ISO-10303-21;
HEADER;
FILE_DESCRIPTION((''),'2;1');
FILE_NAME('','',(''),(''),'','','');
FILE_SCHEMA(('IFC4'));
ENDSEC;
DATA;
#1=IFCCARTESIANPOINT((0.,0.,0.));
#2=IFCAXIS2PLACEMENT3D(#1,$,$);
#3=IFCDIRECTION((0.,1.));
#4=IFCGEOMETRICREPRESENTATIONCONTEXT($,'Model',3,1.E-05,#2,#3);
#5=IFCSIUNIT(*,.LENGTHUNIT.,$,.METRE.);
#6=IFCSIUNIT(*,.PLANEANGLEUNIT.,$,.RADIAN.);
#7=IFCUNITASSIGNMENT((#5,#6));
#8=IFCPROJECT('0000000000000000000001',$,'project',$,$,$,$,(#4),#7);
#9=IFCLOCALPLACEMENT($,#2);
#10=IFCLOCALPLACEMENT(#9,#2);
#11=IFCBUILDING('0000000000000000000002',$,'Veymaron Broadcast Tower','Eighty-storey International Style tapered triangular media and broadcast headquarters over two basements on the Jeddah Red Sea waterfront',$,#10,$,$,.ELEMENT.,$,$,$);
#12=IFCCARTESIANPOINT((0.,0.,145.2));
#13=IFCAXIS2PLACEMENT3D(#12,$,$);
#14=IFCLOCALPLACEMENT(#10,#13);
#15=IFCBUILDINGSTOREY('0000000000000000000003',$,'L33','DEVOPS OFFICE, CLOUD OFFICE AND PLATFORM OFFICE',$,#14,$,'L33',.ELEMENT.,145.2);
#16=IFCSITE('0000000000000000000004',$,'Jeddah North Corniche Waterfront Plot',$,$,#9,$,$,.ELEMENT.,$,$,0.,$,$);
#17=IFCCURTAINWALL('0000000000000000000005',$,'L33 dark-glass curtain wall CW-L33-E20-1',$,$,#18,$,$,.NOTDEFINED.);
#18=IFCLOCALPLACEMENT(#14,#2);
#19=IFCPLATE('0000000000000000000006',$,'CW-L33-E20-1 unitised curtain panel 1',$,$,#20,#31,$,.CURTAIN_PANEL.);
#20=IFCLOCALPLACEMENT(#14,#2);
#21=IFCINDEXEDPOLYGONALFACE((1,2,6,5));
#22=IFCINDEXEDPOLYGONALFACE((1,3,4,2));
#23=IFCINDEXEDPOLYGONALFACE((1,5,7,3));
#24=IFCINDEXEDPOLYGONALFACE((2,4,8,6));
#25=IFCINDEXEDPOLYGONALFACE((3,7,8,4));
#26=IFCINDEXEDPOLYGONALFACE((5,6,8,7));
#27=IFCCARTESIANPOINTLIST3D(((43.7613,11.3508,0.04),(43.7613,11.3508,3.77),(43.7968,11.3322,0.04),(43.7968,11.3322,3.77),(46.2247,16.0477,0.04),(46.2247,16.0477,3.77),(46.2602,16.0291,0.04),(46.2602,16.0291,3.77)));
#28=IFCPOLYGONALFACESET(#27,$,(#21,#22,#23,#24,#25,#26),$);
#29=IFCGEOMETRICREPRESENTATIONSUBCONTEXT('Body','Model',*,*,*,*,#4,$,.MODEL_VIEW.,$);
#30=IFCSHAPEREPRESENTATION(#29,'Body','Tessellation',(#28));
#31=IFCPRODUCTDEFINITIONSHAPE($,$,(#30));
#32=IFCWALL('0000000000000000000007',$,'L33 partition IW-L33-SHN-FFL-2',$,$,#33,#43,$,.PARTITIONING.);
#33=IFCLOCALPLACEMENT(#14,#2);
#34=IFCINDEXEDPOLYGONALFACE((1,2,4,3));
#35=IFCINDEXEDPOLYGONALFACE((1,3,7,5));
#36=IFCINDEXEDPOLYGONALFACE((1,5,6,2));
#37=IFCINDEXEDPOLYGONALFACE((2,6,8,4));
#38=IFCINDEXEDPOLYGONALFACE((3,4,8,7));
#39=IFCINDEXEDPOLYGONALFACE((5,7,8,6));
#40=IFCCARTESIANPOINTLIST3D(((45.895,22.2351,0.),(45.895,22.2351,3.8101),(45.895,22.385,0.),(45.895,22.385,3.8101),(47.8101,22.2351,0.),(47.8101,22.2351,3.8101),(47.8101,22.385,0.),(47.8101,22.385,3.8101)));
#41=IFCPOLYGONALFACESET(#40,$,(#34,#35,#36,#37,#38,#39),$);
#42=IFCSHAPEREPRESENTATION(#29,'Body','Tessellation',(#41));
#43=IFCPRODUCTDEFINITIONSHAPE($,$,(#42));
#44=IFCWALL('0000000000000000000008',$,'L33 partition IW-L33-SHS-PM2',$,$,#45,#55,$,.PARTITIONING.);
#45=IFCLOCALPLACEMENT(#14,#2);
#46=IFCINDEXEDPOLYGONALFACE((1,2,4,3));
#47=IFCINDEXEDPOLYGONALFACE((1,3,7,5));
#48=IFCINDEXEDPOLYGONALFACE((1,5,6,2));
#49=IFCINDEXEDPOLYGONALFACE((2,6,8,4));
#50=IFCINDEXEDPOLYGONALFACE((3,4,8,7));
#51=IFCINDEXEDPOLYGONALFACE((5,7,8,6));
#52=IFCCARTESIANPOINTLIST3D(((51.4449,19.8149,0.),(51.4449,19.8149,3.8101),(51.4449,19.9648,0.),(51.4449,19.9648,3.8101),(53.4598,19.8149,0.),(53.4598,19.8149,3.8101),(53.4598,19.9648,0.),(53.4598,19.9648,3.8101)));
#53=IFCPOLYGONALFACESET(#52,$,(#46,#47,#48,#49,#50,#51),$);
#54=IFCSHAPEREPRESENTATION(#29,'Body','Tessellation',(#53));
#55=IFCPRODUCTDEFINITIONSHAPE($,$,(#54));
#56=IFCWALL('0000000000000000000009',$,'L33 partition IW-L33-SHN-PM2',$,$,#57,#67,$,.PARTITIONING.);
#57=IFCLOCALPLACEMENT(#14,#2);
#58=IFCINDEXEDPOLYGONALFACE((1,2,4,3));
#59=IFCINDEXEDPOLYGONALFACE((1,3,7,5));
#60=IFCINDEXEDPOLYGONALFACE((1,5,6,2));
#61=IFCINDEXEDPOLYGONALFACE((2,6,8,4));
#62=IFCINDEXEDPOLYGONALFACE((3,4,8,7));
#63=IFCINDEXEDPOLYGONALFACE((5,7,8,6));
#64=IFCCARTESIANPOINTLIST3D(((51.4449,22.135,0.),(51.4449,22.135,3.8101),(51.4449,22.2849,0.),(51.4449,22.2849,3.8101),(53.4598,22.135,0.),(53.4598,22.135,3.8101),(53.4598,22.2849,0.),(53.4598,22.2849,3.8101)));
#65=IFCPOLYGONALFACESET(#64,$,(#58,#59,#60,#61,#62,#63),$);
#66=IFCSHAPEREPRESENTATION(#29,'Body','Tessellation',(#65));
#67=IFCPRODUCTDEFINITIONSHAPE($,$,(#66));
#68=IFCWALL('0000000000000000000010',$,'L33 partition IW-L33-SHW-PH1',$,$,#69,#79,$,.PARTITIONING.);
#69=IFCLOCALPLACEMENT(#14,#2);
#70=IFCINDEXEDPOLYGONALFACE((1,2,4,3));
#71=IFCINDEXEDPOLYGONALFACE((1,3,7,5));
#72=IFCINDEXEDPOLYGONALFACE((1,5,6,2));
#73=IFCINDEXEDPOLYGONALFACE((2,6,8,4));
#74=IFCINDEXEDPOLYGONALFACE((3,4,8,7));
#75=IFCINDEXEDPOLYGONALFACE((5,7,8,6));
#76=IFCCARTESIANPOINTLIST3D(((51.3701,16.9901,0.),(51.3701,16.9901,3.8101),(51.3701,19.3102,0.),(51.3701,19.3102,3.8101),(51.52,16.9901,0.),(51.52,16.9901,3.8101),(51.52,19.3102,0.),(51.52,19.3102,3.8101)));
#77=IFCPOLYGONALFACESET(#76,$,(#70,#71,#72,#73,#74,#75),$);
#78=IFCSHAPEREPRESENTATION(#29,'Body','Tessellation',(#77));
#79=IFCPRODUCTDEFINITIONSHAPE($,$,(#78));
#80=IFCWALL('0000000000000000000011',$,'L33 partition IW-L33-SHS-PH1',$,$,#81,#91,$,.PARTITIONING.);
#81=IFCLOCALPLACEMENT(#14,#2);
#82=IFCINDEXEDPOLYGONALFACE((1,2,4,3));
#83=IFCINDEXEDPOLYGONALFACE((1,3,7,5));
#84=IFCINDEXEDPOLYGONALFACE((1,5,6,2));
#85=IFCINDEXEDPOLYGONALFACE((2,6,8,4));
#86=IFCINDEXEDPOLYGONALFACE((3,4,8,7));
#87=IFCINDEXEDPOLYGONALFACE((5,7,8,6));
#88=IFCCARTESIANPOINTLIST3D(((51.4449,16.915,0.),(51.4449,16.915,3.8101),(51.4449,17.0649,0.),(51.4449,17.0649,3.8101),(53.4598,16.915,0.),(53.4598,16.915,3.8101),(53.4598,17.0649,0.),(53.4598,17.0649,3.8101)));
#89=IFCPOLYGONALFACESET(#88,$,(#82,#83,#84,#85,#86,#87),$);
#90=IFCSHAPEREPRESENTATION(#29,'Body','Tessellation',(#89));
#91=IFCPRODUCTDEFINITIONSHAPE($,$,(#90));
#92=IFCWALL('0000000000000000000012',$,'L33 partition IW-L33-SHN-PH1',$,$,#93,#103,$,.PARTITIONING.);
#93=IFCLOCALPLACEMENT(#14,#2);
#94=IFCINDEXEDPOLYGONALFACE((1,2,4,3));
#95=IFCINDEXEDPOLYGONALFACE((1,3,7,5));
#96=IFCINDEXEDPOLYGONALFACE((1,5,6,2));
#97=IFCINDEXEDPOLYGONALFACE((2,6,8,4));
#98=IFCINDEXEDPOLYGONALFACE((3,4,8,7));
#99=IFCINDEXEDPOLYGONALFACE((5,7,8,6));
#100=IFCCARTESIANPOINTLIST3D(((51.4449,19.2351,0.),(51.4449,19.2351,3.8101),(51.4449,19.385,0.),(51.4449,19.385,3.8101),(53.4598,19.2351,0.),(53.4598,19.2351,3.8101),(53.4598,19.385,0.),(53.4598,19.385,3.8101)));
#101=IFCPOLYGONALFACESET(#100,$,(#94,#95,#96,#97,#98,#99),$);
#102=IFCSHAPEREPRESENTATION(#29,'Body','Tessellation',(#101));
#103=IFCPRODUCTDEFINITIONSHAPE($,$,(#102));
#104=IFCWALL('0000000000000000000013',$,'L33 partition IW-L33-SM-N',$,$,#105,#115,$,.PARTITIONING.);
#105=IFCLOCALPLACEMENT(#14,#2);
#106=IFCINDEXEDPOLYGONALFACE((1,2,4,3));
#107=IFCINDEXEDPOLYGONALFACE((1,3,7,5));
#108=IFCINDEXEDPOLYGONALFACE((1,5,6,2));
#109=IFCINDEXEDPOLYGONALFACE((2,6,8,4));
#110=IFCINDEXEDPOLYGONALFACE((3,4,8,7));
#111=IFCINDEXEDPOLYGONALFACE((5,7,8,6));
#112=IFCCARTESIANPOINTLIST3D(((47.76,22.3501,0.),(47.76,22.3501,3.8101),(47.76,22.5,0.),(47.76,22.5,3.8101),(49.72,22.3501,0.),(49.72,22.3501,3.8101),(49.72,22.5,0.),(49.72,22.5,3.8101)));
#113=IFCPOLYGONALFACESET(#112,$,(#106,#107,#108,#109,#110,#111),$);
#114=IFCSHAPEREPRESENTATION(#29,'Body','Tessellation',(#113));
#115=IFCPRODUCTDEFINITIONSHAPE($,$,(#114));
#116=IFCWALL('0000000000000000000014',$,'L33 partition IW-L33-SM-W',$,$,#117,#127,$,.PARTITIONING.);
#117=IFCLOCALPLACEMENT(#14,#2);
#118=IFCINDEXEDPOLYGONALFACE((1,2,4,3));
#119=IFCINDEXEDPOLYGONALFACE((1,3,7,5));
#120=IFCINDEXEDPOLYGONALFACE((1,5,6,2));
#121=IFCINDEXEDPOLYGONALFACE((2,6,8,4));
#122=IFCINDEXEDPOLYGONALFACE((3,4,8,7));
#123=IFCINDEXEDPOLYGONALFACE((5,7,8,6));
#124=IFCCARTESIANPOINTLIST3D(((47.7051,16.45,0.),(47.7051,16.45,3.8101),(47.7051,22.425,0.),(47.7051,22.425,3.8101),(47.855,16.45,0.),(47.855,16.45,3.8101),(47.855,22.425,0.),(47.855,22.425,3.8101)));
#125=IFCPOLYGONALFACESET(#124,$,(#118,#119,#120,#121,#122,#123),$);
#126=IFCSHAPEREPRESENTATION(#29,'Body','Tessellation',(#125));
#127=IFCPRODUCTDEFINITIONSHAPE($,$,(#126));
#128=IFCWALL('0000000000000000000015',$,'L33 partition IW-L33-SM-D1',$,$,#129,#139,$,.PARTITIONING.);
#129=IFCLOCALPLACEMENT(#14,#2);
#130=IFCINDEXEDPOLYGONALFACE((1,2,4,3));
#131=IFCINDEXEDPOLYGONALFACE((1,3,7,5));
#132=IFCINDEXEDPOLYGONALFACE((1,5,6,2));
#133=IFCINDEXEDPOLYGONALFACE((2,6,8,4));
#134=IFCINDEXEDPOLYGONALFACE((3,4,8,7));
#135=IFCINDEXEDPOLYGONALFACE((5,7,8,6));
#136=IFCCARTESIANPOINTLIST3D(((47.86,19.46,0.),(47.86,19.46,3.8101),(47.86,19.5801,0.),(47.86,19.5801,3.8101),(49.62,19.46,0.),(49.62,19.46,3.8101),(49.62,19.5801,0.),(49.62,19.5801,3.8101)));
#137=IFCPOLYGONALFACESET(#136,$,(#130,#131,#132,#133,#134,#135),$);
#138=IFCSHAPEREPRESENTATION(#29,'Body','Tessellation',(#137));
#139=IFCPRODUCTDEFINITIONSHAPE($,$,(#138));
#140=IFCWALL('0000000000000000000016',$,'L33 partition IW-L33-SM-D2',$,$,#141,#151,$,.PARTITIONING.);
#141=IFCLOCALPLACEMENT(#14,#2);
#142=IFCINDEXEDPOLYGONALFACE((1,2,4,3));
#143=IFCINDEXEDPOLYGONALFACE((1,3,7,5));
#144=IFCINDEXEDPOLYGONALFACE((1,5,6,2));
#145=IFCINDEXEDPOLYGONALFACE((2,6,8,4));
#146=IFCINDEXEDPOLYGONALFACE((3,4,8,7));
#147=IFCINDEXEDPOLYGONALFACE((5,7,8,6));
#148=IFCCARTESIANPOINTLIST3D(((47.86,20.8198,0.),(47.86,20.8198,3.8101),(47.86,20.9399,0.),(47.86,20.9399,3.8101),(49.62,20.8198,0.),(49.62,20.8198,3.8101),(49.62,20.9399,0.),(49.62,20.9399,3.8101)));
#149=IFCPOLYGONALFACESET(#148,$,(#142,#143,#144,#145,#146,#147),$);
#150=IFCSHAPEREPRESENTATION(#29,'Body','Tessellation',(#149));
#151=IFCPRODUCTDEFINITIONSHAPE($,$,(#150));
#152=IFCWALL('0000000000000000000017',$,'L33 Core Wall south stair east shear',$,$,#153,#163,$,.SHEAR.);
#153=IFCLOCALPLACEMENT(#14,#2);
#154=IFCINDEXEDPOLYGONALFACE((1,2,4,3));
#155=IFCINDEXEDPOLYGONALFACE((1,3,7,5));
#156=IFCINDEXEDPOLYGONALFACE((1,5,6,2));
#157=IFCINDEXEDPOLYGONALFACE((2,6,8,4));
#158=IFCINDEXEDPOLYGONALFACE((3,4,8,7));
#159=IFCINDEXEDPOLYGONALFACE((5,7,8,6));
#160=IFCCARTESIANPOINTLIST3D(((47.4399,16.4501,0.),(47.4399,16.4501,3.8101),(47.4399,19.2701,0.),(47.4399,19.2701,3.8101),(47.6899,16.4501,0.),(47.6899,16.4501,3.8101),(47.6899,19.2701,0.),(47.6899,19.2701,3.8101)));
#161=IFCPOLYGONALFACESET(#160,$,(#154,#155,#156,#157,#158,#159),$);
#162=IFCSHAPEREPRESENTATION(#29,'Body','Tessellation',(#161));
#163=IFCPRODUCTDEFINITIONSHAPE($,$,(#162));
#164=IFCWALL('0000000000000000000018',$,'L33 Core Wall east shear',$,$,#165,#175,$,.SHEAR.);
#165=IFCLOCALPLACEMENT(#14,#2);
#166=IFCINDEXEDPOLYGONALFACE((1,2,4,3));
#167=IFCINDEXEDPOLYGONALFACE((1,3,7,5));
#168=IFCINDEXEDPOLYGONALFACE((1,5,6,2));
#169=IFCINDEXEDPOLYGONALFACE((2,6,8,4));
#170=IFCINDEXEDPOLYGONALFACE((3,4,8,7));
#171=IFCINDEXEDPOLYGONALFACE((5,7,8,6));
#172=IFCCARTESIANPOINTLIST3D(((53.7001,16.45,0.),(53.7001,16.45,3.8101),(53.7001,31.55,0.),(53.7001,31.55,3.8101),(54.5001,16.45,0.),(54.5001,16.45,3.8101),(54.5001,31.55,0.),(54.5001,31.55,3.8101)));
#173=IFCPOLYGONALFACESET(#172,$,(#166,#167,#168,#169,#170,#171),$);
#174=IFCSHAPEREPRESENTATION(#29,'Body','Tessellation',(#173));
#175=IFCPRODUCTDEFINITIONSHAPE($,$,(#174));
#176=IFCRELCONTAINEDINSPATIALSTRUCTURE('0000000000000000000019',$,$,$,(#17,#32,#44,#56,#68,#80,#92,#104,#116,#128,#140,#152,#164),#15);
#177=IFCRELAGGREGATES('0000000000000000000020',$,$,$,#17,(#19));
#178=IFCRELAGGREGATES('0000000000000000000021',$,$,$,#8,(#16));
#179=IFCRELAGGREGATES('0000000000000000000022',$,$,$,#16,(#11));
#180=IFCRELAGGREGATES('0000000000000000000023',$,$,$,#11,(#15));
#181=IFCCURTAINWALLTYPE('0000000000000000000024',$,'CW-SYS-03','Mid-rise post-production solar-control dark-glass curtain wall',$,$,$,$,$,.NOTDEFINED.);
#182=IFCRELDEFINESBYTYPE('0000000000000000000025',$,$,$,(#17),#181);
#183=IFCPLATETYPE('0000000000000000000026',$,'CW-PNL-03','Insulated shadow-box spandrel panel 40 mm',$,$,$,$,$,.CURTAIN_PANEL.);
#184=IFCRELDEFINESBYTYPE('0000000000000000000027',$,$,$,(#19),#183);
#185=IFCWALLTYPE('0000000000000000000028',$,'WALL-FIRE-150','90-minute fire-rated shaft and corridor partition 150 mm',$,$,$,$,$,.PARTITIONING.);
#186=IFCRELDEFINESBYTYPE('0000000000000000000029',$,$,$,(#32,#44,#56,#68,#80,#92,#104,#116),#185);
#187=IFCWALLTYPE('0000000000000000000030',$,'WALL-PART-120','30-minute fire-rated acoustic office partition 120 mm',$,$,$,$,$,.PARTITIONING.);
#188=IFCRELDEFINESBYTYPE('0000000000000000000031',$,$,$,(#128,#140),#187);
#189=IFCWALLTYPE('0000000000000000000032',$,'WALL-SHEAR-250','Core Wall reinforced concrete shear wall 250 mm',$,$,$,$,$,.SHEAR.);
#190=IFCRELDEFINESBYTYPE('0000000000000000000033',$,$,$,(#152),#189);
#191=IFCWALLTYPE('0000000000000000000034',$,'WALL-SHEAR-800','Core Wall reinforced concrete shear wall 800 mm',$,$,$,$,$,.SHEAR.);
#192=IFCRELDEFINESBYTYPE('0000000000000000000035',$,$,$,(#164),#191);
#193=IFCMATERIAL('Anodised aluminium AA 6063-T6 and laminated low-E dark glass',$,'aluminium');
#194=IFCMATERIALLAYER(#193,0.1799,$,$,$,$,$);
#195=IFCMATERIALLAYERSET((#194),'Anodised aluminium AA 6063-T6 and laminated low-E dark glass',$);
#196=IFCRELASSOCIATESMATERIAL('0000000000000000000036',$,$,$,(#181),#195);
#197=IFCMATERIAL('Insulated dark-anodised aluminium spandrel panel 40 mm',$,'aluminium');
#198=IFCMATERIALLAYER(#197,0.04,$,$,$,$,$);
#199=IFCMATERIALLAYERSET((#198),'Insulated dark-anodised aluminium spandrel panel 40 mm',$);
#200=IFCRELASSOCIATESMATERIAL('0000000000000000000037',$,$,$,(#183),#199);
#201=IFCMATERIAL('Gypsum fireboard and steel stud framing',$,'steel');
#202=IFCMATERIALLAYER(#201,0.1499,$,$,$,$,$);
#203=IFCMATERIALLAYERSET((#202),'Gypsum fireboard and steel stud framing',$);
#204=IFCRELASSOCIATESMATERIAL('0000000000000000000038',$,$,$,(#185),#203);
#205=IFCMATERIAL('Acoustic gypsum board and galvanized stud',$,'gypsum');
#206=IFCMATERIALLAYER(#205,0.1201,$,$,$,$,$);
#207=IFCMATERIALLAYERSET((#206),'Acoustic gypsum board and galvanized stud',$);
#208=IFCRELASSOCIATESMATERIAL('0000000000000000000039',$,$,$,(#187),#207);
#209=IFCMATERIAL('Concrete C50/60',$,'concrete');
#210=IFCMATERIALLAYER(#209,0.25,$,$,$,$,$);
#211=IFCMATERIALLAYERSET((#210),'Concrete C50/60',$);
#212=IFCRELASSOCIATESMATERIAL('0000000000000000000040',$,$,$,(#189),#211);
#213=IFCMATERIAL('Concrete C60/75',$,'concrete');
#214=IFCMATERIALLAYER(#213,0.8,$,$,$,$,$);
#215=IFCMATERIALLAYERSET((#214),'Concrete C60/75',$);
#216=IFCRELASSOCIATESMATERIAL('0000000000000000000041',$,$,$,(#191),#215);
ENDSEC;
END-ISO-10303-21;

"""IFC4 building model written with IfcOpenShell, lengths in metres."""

from ifc_helpers import new_model, si_unit, direction, frame, frame_2d, origin, origin_2d, place, context, subcontext, project, spatial, rectangle, extrude, material, layer, layer_set, type_object, element, aggregate, save


model = new_model("IFC4")

# Units and contexts
model_context = context("Model", 3, precision=1e-05, world=origin(), true_north=direction((0.0, 1.0)))
body_context = subcontext(model_context, "Body", "Model", "MODEL_VIEW")
ifc_project = project(units=[si_unit("LENGTHUNIT", "METRE"), si_unit("PLANEANGLEUNIT", "RADIAN")], contexts=[model_context])

# Site, building, storey
site_placement = place(None, origin())
site = spatial("IfcSite", under=ifc_project, at=site_placement, Name="Jeddah North Corniche Waterfront Plot", CompositionType="ELEMENT", RefElevation=0.0)
building_placement = place(site_placement, origin())
building = spatial("IfcBuilding", under=site, at=building_placement, Name="Veymaron Broadcast Tower", Description="Eighty-storey International Style tapered triangular media and broadcast headquarters over two basements on the Jeddah Red Sea waterfront", CompositionType="ELEMENT")
storey_placement = place(building_placement, frame((0.0, 0.0, 145.2)))
storey = spatial("IfcBuildingStorey", under=building, at=storey_placement, Name="L33", Description="DEVOPS OFFICE, CLOUD OFFICE AND PLATFORM OFFICE", LongName="L33", CompositionType="ELEMENT", Elevation=145.2)

# Shared definitions
ifc_material_1 = material(Name="Anodised aluminium AA 6063-T6 and laminated low-E dark glass", Category="aluminium")
ifc_layer_1 = layer(ifc_material_1, 0.1799)
ifc_layer_set_1 = layer_set([ifc_layer_1], Name="Anodised aluminium AA 6063-T6 and laminated low-E dark glass")
curtain_wall_type = type_object("IfcCurtainWallType", Name="CW-SYS-03", Description="Mid-rise post-production solar-control dark-glass curtain wall", PredefinedType="NOTDEFINED", material=ifc_layer_set_1)

# Curtain wall
curtain_wall_1_placement = place(storey_placement, origin())
curtain_wall_1 = element("IfcCurtainWall", 1, at=curtain_wall_1_placement, inside=storey, type_object=curtain_wall_type, Name="L33 dark-glass curtain wall CW-L33-E20-1", PredefinedType="NOTDEFINED")

# Plate
ifc_material_2 = material(Name="Insulated dark-anodised aluminium spandrel panel 40 mm", Category="aluminium")
ifc_layer_2 = layer(ifc_material_2, 0.04)
ifc_layer_set_2 = layer_set([ifc_layer_2], Name="Insulated dark-anodised aluminium spandrel panel 40 mm")
plate_type = type_object("IfcPlateType", Name="CW-PNL-03", Description="Insulated shadow-box spandrel panel 40 mm", PredefinedType="CURTAIN_PANEL", material=ifc_layer_set_2)
plate_1_placement = place(storey_placement, frame((45.0107, 13.6899, 0.04), z_axis=(0.0, 0.0, 1.0), x_axis=(0.464471, 0.885588, 0.0)))
plate_1 = element("IfcPlate", 2, at=plate_1_placement, type_object=plate_type, Name="CW-L33-E20-1 unitised curtain panel 1", PredefinedType="CURTAIN_PANEL", context=body_context, shape_type="SweptSolid", body=[
    extrude(rectangle(XDim=5.3037, YDim=0.04, at=origin_2d()), origin(), (0.0, 0.0, 1.0), 3.73),
])
aggregate(curtain_wall_1, [plate_1])

# Shared definitions
ifc_material_3 = material(Name="Gypsum fireboard and steel stud framing", Category="steel")
ifc_layer_3 = layer(ifc_material_3, 0.1499)
ifc_layer_set_3 = layer_set([ifc_layer_3], Name="Gypsum fireboard and steel stud framing")
wall_type_1 = type_object("IfcWallType", Name="WALL-FIRE-150", Description="90-minute fire-rated shaft and corridor partition 150 mm", PredefinedType="PARTITIONING", material=ifc_layer_set_3)

# Wall
wall_1_placement = place(storey_placement, frame((45.895, 22.3101, 0.0), z_axis=(0.0, 0.0, 1.0), x_axis=(1.0, 0.0, 0.0)))
element("IfcWall", 3, at=wall_1_placement, inside=storey, type_object=wall_type_1, Name="L33 partition IW-L33-SHN-FFL-2", PredefinedType="PARTITIONING", context=body_context, shape_type="SweptSolid", body=[
    extrude(rectangle(XDim=1.915, YDim=0.1499, at=frame_2d((0.9575, 0.0))), origin(), (0.0, 0.0, 1.0), 3.8101),
])

# Walls
for number, where, z_axis, x_axis, name in (
    (4, (51.4451, 19.8899, 0.0), (0.0, 0.0, 1.0), (1.0, 0.0, 0.0), "L33 partition IW-L33-SHS-PM2"),
    (5, (51.4451, 22.21, 0.0), (0.0, 0.0, 1.0), (1.0, 0.0, 0.0), "L33 partition IW-L33-SHN-PM2"),
):
    element("IfcWall", number, at=place(storey_placement, frame(where, z_axis=z_axis, x_axis=x_axis)), inside=storey, type_object=wall_type_1, Name=name, PredefinedType="PARTITIONING", context=body_context, shape_type="SweptSolid", body=[
        extrude(rectangle(XDim=2.0149, YDim=0.1499, at=frame_2d((1.0073, 0.0))), origin(), (0.0, 0.0, 1.0), 3.8101),
    ])
wall_2_placement = place(storey_placement, frame((51.4451, 16.99, 0.0), z_axis=(0.0, 0.0, 1.0), x_axis=(0.0, 1.0, 0.0)))
element("IfcWall", 6, at=wall_2_placement, inside=storey, type_object=wall_type_1, Name="L33 partition IW-L33-SHW-PH1", PredefinedType="PARTITIONING", context=body_context, shape_type="SweptSolid", body=[
    extrude(rectangle(XDim=2.3201, YDim=0.1499, at=frame_2d((1.1602, 0.0))), origin(), (0.0, 0.0, 1.0), 3.8101),
])
for number, where, z_axis, x_axis, name in (
    (7, (51.4451, 16.99, 0.0), (0.0, 0.0, 1.0), (1.0, 0.0, 0.0), "L33 partition IW-L33-SHS-PH1"),
    (8, (51.4451, 19.3101, 0.0), (0.0, 0.0, 1.0), (1.0, 0.0, 0.0), "L33 partition IW-L33-SHN-PH1"),
):
    element("IfcWall", number, at=place(storey_placement, frame(where, z_axis=z_axis, x_axis=x_axis)), inside=storey, type_object=wall_type_1, Name=name, PredefinedType="PARTITIONING", context=body_context, shape_type="SweptSolid", body=[
        extrude(rectangle(XDim=2.0149, YDim=0.1499, at=frame_2d((1.0073, 0.0))), origin(), (0.0, 0.0, 1.0), 3.8101),
    ])

# Walls
wall_3_placement = place(storey_placement, frame((47.76, 22.425, 0.0), z_axis=(0.0, 0.0, 1.0), x_axis=(1.0, 0.0, 0.0)))
element("IfcWall", 9, at=wall_3_placement, inside=storey, type_object=wall_type_1, Name="L33 partition IW-L33-SM-N", PredefinedType="PARTITIONING", context=body_context, shape_type="SweptSolid", body=[
    extrude(rectangle(XDim=1.96, YDim=0.1499, at=frame_2d((0.98, 0.0))), origin(), (0.0, 0.0, 1.0), 3.8101),
])
wall_4_placement = place(storey_placement, frame((47.78, 16.45, 0.0), z_axis=(0.0, 0.0, 1.0), x_axis=(0.0, 1.0, 0.0)))
element("IfcWall", 10, at=wall_4_placement, inside=storey, type_object=wall_type_1, Name="L33 partition IW-L33-SM-W", PredefinedType="PARTITIONING", context=body_context, shape_type="SweptSolid", body=[
    extrude(rectangle(XDim=5.9751, YDim=0.1499, at=frame_2d((2.9875, 0.0))), origin(), (0.0, 0.0, 1.0), 3.8101),
])
ifc_material_4 = material(Name="Acoustic gypsum board and galvanized stud", Category="gypsum")
ifc_layer_4 = layer(ifc_material_4, 0.1201)
ifc_layer_set_4 = layer_set([ifc_layer_4], Name="Acoustic gypsum board and galvanized stud")
wall_type_2 = type_object("IfcWallType", Name="WALL-PART-120", Description="30-minute fire-rated acoustic office partition 120 mm", PredefinedType="PARTITIONING", material=ifc_layer_set_4)
for number, where, z_axis, x_axis, name in (
    (11, (47.8601, 19.52, 0.0), (0.0, 0.0, 1.0), (1.0, 0.0, 0.0), "L33 partition IW-L33-SM-D1"),
    (12, (47.8601, 20.8799, 0.0), (0.0, 0.0, 1.0), (1.0, 0.0, 0.0), "L33 partition IW-L33-SM-D2"),
):
    element("IfcWall", number, at=place(storey_placement, frame(where, z_axis=z_axis, x_axis=x_axis)), inside=storey, type_object=wall_type_2, Name=name, PredefinedType="PARTITIONING", context=body_context, shape_type="SweptSolid", body=[
        extrude(rectangle(XDim=1.76, YDim=0.1201, at=frame_2d((0.8799, 0.0))), origin(), (0.0, 0.0, 1.0), 3.8101),
    ])

# Walls
ifc_material_5 = material(Name="Concrete C50/60", Category="concrete")
ifc_layer_5 = layer(ifc_material_5, 0.25)
ifc_layer_set_5 = layer_set([ifc_layer_5], Name="Concrete C50/60")
wall_type_3 = type_object("IfcWallType", Name="WALL-SHEAR-250", Description="Core Wall reinforced concrete shear wall 250 mm", PredefinedType="SHEAR", material=ifc_layer_set_5)
wall_5_placement = place(storey_placement, frame((47.5649, 16.45, 0.0), z_axis=(0.0, 0.0, 1.0), x_axis=(0.0, 1.0, 0.0)))
element("IfcWall", 13, at=wall_5_placement, inside=storey, type_object=wall_type_3, Name="L33 Core Wall south stair east shear", PredefinedType="SHEAR", context=body_context, shape_type="SweptSolid", body=[
    extrude(rectangle(XDim=2.8201, YDim=0.25, at=frame_2d((1.4102, 0.0))), origin(), (0.0, 0.0, 1.0), 3.8101),
])
ifc_material_6 = material(Name="Concrete C60/75", Category="concrete")
ifc_layer_6 = layer(ifc_material_6, 0.8)
ifc_layer_set_6 = layer_set([ifc_layer_6], Name="Concrete C60/75")
wall_type_4 = type_object("IfcWallType", Name="WALL-SHEAR-800", Description="Core Wall reinforced concrete shear wall 800 mm", PredefinedType="SHEAR", material=ifc_layer_set_6)
wall_6_placement = place(storey_placement, frame((54.1001, 16.45, 0.0), z_axis=(0.0, 0.0, 1.0), x_axis=(0.0, 1.0, 0.0)))
element("IfcWall", 14, at=wall_6_placement, inside=storey, type_object=wall_type_4, Name="L33 Core Wall east shear", PredefinedType="SHEAR", context=body_context, shape_type="SweptSolid", body=[
    extrude(rectangle(XDim=15.1001, YDim=0.8, at=frame_2d((7.55, 0.0))), origin(), (0.0, 0.0, 1.0), 3.8101),
])

save(model, "model.ifc")
